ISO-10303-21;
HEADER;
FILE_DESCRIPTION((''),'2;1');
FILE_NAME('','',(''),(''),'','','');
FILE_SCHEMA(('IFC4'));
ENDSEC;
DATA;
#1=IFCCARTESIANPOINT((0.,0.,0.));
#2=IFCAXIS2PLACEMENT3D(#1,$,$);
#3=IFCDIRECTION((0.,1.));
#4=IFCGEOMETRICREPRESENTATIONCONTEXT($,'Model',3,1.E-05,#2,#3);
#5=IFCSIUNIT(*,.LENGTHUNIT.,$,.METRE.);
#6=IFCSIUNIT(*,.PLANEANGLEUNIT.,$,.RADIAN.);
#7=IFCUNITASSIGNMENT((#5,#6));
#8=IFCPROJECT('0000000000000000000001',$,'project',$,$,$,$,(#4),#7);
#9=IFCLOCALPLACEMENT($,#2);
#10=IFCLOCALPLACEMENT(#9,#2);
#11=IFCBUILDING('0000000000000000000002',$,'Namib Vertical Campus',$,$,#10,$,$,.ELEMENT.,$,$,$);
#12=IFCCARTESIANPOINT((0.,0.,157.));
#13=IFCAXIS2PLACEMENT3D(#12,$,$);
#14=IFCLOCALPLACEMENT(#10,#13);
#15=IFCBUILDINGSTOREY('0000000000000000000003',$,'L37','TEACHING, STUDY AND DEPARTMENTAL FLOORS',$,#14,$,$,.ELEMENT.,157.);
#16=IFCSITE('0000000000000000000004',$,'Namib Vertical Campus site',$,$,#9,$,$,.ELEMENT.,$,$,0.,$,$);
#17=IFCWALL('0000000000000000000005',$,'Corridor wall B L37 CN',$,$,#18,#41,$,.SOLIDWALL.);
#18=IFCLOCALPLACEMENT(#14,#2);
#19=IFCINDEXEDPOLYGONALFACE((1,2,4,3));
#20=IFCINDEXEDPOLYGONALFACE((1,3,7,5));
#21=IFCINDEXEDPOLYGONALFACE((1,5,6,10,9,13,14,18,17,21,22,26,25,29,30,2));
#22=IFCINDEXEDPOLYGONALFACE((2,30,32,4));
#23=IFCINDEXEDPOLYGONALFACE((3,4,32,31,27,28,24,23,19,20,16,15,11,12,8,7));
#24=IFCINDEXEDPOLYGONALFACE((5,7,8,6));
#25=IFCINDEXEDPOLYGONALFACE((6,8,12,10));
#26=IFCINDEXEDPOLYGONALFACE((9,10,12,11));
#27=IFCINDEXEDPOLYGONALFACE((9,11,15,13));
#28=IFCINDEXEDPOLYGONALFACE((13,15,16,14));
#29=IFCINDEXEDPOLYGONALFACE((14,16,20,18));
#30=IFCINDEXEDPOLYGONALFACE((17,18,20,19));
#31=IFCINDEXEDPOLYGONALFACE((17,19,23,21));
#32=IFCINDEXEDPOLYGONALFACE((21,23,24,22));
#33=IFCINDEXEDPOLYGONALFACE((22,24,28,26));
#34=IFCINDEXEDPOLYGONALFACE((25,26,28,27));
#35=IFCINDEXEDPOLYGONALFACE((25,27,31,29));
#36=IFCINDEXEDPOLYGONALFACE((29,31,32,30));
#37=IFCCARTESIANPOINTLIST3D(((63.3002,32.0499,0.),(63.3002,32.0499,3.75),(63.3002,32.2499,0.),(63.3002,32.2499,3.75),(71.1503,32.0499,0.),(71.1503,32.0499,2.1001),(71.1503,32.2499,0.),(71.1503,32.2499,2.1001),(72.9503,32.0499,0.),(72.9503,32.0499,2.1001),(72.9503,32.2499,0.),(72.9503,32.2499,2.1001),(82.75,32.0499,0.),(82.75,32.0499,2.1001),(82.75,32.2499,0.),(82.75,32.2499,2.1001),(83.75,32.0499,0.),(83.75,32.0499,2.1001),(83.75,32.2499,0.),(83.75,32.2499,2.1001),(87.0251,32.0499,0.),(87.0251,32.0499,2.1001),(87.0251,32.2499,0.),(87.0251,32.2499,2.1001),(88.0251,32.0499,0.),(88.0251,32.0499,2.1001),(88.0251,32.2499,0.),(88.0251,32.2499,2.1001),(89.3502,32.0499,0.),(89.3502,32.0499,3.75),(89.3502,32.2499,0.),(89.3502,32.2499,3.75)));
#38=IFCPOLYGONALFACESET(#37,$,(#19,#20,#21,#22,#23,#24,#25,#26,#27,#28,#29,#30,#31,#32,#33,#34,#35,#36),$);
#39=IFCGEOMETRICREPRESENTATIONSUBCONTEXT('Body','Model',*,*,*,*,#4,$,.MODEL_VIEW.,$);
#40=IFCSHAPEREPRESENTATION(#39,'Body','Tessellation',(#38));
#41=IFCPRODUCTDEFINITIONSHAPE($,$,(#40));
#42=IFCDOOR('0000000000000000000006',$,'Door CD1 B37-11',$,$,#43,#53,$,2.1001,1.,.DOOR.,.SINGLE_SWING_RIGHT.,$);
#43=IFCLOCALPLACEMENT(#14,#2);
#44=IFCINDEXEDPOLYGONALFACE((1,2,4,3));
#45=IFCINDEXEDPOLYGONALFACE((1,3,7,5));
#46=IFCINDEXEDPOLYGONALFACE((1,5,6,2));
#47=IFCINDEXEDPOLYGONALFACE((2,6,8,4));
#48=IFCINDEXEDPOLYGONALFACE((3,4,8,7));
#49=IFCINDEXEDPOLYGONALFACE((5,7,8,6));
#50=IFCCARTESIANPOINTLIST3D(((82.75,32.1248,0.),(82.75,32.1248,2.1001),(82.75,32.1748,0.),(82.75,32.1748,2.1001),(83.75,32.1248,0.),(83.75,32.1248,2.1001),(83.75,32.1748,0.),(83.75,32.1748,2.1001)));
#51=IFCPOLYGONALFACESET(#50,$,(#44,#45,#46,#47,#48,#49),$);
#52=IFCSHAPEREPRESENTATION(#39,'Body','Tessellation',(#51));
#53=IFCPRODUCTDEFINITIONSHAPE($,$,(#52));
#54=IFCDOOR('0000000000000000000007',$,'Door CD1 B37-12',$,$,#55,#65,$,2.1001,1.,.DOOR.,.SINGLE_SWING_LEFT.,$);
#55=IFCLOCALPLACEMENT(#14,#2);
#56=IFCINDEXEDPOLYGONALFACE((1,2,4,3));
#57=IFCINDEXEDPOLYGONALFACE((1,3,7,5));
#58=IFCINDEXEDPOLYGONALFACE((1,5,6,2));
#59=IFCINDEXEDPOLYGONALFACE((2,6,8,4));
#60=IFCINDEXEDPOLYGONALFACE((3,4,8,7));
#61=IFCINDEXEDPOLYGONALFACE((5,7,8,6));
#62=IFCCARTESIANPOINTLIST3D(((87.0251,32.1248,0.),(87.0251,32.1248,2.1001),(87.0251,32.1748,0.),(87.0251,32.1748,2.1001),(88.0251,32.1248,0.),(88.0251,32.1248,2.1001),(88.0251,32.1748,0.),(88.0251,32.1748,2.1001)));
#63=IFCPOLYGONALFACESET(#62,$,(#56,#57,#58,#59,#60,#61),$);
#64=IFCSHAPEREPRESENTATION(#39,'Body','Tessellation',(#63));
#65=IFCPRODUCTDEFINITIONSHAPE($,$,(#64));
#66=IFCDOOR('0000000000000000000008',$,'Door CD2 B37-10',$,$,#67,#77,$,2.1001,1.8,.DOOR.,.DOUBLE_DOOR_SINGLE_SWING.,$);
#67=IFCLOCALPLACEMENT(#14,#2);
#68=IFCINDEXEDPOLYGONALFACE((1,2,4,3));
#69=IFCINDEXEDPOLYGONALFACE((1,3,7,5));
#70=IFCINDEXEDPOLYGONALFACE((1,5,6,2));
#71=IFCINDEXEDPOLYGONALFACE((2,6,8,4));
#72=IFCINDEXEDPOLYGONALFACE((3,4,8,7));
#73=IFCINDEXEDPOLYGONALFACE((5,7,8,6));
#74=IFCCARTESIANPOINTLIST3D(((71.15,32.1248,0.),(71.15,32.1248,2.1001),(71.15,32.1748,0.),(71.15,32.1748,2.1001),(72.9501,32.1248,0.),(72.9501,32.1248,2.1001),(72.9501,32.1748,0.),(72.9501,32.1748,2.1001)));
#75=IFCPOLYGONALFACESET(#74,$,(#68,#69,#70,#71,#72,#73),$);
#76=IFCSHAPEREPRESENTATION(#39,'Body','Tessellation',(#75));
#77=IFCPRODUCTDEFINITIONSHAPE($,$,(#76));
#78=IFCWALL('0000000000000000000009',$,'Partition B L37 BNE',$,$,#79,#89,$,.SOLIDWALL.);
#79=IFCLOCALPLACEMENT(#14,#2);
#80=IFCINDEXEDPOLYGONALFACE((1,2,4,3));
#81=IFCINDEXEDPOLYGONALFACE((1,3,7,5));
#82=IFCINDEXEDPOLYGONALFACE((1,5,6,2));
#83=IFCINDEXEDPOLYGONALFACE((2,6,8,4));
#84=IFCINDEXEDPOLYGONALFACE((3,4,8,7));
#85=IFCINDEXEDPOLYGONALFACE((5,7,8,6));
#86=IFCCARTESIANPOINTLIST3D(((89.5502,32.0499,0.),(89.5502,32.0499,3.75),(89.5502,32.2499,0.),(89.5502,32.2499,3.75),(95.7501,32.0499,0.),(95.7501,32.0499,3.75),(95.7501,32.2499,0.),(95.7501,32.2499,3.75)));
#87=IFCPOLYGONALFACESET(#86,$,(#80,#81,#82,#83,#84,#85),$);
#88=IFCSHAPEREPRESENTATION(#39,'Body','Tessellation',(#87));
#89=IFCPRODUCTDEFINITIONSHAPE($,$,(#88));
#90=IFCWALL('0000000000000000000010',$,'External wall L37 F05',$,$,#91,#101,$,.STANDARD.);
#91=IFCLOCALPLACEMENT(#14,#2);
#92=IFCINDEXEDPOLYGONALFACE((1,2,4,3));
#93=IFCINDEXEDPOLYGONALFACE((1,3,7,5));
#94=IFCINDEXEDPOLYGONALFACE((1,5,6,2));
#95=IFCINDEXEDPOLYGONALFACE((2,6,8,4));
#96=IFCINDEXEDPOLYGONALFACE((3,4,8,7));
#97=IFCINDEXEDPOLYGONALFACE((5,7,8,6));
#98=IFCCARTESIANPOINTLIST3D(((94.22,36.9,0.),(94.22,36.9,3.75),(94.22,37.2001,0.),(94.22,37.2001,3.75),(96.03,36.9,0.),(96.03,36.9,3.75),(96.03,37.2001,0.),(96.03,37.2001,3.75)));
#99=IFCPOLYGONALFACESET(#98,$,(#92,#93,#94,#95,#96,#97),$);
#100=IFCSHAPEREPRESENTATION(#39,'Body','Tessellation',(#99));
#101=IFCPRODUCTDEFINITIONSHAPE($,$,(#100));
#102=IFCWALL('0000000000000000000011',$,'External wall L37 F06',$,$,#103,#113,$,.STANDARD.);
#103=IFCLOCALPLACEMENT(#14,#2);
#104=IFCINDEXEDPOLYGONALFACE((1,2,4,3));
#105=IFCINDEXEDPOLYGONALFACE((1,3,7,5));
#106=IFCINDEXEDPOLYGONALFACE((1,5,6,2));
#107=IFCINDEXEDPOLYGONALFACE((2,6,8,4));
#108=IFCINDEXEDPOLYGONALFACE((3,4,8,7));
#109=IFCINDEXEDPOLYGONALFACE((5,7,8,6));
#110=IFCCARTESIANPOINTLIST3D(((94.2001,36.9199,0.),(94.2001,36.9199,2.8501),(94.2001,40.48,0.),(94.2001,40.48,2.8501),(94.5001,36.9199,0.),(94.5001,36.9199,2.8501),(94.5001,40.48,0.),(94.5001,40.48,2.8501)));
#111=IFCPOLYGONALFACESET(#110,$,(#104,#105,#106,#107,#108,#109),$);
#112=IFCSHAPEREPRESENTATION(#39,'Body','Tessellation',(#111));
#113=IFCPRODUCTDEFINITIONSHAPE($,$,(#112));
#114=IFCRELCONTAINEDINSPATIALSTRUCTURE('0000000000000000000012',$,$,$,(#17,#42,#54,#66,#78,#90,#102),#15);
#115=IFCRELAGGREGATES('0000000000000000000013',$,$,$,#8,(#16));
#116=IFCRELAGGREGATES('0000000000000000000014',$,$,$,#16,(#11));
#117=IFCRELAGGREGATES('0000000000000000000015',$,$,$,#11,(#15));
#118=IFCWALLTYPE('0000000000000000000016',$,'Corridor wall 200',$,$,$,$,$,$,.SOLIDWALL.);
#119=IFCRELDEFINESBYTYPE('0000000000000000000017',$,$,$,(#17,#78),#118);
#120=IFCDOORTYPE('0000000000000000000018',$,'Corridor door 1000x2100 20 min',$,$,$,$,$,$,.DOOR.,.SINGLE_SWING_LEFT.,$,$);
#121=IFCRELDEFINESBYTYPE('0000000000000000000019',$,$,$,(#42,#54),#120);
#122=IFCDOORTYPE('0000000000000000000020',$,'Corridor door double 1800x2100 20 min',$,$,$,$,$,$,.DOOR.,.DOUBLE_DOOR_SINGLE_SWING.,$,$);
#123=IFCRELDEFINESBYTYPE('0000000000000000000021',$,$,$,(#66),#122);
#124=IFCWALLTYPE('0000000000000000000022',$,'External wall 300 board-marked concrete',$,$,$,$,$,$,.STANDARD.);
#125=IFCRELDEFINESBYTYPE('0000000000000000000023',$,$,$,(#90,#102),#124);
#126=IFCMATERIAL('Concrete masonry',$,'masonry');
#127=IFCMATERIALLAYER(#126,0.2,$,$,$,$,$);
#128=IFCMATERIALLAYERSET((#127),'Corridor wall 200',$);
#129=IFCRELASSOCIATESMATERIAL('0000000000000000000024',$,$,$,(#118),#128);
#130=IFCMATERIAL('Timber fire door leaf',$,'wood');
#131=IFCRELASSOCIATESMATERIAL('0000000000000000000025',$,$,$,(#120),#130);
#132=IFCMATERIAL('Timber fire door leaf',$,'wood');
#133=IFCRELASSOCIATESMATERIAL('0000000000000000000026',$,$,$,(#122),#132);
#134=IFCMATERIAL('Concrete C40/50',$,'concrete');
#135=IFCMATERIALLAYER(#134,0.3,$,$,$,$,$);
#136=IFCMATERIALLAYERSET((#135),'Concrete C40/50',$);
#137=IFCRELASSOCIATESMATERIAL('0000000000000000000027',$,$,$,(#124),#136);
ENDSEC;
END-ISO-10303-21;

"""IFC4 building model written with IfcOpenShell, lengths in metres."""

from ifc_helpers import new_model, si_unit, direction, frame, frame_2d, origin, place, context, subcontext, project, spatial, rectangle, extrude, material, layer, layer_set, type_object, element, fill, save


model = new_model("IFC4")

# Units and contexts
model_context = context("Model", 3, precision=1e-05, world=origin(), true_north=direction((0.0, 1.0)))
body_context = subcontext(model_context, "Body", "Model", "MODEL_VIEW")
ifc_project = project(units=[si_unit("LENGTHUNIT", "METRE"), si_unit("PLANEANGLEUNIT", "RADIAN")], contexts=[model_context])

# Site, building, storey
site_placement = place(None, origin())
site = spatial("IfcSite", under=ifc_project, at=site_placement, Name="Namib Vertical Campus site", CompositionType="ELEMENT", RefElevation=0.0)
building_placement = place(site_placement, origin())
building = spatial("IfcBuilding", under=site, at=building_placement, Name="Namib Vertical Campus", CompositionType="ELEMENT")
storey_placement = place(building_placement, frame((0.0, 0.0, 157.0)))
storey = spatial("IfcBuildingStorey", under=building, at=storey_placement, Name="L37", Description="TEACHING, STUDY AND DEPARTMENTAL FLOORS", CompositionType="ELEMENT", Elevation=157.0)

# Wall, openings, doors
ifc_material_1 = material(Name="Concrete masonry", Category="masonry")
ifc_layer_1 = layer(ifc_material_1, 0.2)
ifc_layer_set_1 = layer_set([ifc_layer_1], Name="Corridor wall 200")
wall_type_1 = type_object("IfcWallType", Name="Corridor wall 200", PredefinedType="SOLIDWALL", material=ifc_layer_set_1)
wall_1_placement = place(storey_placement, frame((89.3501, 32.1499, 0.0), z_axis=(0.0, 0.0, 1.0), x_axis=(-1.0, 0.0, 0.0)))
wall_1 = element("IfcWall", 1, at=wall_1_placement, inside=storey, type_object=wall_type_1, Name="Corridor wall B L37 CN", PredefinedType="SOLIDWALL", context=body_context, shape_type="SweptSolid", body=[
    extrude(rectangle(XDim=26.05, YDim=0.2, at=frame_2d((13.0249, 0.0))), origin(), (0.0, 0.0, 1.0), 3.75),
])
opening_1_placement = place(wall_1_placement, frame((16.3999, 0.0, 0.0)))
opening_1 = element("IfcOpeningElement", 2, at=opening_1_placement, cuts=wall_1, PredefinedType="OPENING", context=body_context, shape_type="SweptSolid", body=[
    extrude(rectangle(XDim=1.8, YDim=2.1001, at=frame_2d((0.8999, 1.05))), frame((0.0, 0.1099, 0.0), z_axis=(0.0, -1.0, 0.0), x_axis=(1.0, 0.0, 0.0)), (0.0, 0.0, 1.0), 0.22),
])
opening_2_placement = place(wall_1_placement, frame((5.6001, 0.0, 0.0)))
opening_2 = element("IfcOpeningElement", 3, at=opening_2_placement, cuts=wall_1, PredefinedType="OPENING", context=body_context, shape_type="SweptSolid", body=[
    extrude(rectangle(XDim=1.0, YDim=2.1001, at=frame_2d((0.5, 1.05))), frame((0.0, 0.1099, 0.0), z_axis=(0.0, -1.0, 0.0), x_axis=(1.0, 0.0, 0.0)), (0.0, 0.0, 1.0), 0.22),
])
opening_3_placement = place(wall_1_placement, frame((1.325, 0.0, 0.0)))
opening_3 = element("IfcOpeningElement", 4, at=opening_3_placement, cuts=wall_1, PredefinedType="OPENING", context=body_context, shape_type="SweptSolid", body=[
    extrude(rectangle(XDim=1.0, YDim=2.1001, at=frame_2d((0.5, 1.05))), frame((0.0, 0.1099, 0.0), z_axis=(0.0, -1.0, 0.0), x_axis=(1.0, 0.0, 0.0)), (0.0, 0.0, 1.0), 0.22),
])
ifc_material_2 = material(Name="Timber fire door leaf", Category="wood")
door_type_1 = type_object("IfcDoorType", Name="Corridor door 1000x2100 20 min", OperationType="SINGLE_SWING_LEFT", PredefinedType="DOOR", material=ifc_material_2)
door_1_placement = place(opening_2_placement, frame((1.0, 0.0, 0.0), z_axis=(0.0, 0.0, 1.0), x_axis=(-1.0, 0.0, 0.0)))
door_1 = element("IfcDoor", 5, at=door_1_placement, inside=storey, type_object=door_type_1, Name="Door CD1 B37-11", OperationType="SINGLE_SWING_RIGHT", OverallHeight=2.1001, OverallWidth=1.0, PredefinedType="DOOR", context=body_context, shape_type="SweptSolid", body=[
    extrude(rectangle(XDim=1.0, YDim=2.1001, at=frame_2d((0.5, 1.05))), frame((0.0, 0.0249, 0.0), z_axis=(0.0, -1.0, 0.0), x_axis=(1.0, 0.0, 0.0)), (0.0, 0.0, 1.0), 0.05),
])
fill(opening_2, door_1)
door_2_placement = place(opening_3_placement, frame((1.0, 0.0, 0.0), z_axis=(0.0, 0.0, 1.0), x_axis=(-1.0, 0.0, 0.0)))
door_2 = element("IfcDoor", 6, at=door_2_placement, inside=storey, type_object=door_type_1, Name="Door CD1 B37-12", OperationType="SINGLE_SWING_LEFT", OverallHeight=2.1001, OverallWidth=1.0, PredefinedType="DOOR", context=body_context, shape_type="SweptSolid", body=[
    extrude(rectangle(XDim=1.0, YDim=2.1001, at=frame_2d((0.5, 1.05))), frame((0.0, 0.0249, 0.0), z_axis=(0.0, -1.0, 0.0), x_axis=(1.0, 0.0, 0.0)), (0.0, 0.0, 1.0), 0.05),
])
fill(opening_3, door_2)
ifc_material_3 = material(Name="Timber fire door leaf", Category="wood")
door_type_2 = type_object("IfcDoorType", Name="Corridor door double 1800x2100 20 min", OperationType="DOUBLE_DOOR_SINGLE_SWING", PredefinedType="DOOR", material=ifc_material_3)
door_3_placement = place(opening_1_placement, frame((1.8, 0.0, 0.0), z_axis=(0.0, 0.0, 1.0), x_axis=(-1.0, 0.0, 0.0)))
door_3 = element("IfcDoor", 7, at=door_3_placement, inside=storey, type_object=door_type_2, Name="Door CD2 B37-10", OperationType="DOUBLE_DOOR_SINGLE_SWING", OverallHeight=2.1001, OverallWidth=1.8, PredefinedType="DOOR", context=body_context, shape_type="SweptSolid", body=[
    extrude(rectangle(XDim=1.8, YDim=2.1001, at=frame_2d((0.8999, 1.05))), frame((0.0, 0.0249, 0.0), z_axis=(0.0, -1.0, 0.0), x_axis=(1.0, 0.0, 0.0)), (0.0, 0.0, 1.0), 0.05),
])
fill(opening_1, door_3)

# Walls
wall_2_placement = place(storey_placement, frame((89.55, 32.1499, 0.0), z_axis=(0.0, 0.0, 1.0), x_axis=(1.0, 0.0, 0.0)))
element("IfcWall", 8, at=wall_2_placement, inside=storey, type_object=wall_type_1, Name="Partition B L37 BNE", PredefinedType="SOLIDWALL", context=body_context, shape_type="SweptSolid", body=[
    extrude(rectangle(XDim=6.2, YDim=0.2, at=frame_2d((3.1001, 0.0))), origin(), (0.0, 0.0, 1.0), 3.75),
])
ifc_material_4 = material(Name="Concrete C40/50", Category="concrete")
ifc_layer_2 = layer(ifc_material_4, 0.3)
ifc_layer_set_2 = layer_set([ifc_layer_2], Name="Concrete C40/50")
wall_type_2 = type_object("IfcWallType", Name="External wall 300 board-marked concrete", PredefinedType="STANDARD", material=ifc_layer_set_2)
wall_3_placement = place(storey_placement, frame((96.03, 37.05, 0.0), z_axis=(0.0, 0.0, 1.0), x_axis=(-1.0, 0.0, 0.0)))
element("IfcWall", 9, at=wall_3_placement, inside=storey, type_object=wall_type_2, Name="External wall L37 F05", PredefinedType="STANDARD", context=body_context, shape_type="SweptSolid", body=[
    extrude(rectangle(XDim=1.8101, YDim=0.3, at=frame_2d((0.905, 0.0))), origin(), (0.0, 0.0, 1.0), 3.75),
])
wall_4_placement = place(storey_placement, frame((94.3501, 36.9199, 0.0), z_axis=(0.0, 0.0, 1.0), x_axis=(0.0, 1.0, 0.0)))
element("IfcWall", 10, at=wall_4_placement, inside=storey, type_object=wall_type_2, Name="External wall L37 F06", PredefinedType="STANDARD", context=body_context, shape_type="SweptSolid", body=[
    extrude(rectangle(XDim=3.5601, YDim=0.3, at=frame_2d((1.78, 0.0))), origin(), (0.0, 0.0, 1.0), 2.8501),
])

save(model, "model.ifc")
